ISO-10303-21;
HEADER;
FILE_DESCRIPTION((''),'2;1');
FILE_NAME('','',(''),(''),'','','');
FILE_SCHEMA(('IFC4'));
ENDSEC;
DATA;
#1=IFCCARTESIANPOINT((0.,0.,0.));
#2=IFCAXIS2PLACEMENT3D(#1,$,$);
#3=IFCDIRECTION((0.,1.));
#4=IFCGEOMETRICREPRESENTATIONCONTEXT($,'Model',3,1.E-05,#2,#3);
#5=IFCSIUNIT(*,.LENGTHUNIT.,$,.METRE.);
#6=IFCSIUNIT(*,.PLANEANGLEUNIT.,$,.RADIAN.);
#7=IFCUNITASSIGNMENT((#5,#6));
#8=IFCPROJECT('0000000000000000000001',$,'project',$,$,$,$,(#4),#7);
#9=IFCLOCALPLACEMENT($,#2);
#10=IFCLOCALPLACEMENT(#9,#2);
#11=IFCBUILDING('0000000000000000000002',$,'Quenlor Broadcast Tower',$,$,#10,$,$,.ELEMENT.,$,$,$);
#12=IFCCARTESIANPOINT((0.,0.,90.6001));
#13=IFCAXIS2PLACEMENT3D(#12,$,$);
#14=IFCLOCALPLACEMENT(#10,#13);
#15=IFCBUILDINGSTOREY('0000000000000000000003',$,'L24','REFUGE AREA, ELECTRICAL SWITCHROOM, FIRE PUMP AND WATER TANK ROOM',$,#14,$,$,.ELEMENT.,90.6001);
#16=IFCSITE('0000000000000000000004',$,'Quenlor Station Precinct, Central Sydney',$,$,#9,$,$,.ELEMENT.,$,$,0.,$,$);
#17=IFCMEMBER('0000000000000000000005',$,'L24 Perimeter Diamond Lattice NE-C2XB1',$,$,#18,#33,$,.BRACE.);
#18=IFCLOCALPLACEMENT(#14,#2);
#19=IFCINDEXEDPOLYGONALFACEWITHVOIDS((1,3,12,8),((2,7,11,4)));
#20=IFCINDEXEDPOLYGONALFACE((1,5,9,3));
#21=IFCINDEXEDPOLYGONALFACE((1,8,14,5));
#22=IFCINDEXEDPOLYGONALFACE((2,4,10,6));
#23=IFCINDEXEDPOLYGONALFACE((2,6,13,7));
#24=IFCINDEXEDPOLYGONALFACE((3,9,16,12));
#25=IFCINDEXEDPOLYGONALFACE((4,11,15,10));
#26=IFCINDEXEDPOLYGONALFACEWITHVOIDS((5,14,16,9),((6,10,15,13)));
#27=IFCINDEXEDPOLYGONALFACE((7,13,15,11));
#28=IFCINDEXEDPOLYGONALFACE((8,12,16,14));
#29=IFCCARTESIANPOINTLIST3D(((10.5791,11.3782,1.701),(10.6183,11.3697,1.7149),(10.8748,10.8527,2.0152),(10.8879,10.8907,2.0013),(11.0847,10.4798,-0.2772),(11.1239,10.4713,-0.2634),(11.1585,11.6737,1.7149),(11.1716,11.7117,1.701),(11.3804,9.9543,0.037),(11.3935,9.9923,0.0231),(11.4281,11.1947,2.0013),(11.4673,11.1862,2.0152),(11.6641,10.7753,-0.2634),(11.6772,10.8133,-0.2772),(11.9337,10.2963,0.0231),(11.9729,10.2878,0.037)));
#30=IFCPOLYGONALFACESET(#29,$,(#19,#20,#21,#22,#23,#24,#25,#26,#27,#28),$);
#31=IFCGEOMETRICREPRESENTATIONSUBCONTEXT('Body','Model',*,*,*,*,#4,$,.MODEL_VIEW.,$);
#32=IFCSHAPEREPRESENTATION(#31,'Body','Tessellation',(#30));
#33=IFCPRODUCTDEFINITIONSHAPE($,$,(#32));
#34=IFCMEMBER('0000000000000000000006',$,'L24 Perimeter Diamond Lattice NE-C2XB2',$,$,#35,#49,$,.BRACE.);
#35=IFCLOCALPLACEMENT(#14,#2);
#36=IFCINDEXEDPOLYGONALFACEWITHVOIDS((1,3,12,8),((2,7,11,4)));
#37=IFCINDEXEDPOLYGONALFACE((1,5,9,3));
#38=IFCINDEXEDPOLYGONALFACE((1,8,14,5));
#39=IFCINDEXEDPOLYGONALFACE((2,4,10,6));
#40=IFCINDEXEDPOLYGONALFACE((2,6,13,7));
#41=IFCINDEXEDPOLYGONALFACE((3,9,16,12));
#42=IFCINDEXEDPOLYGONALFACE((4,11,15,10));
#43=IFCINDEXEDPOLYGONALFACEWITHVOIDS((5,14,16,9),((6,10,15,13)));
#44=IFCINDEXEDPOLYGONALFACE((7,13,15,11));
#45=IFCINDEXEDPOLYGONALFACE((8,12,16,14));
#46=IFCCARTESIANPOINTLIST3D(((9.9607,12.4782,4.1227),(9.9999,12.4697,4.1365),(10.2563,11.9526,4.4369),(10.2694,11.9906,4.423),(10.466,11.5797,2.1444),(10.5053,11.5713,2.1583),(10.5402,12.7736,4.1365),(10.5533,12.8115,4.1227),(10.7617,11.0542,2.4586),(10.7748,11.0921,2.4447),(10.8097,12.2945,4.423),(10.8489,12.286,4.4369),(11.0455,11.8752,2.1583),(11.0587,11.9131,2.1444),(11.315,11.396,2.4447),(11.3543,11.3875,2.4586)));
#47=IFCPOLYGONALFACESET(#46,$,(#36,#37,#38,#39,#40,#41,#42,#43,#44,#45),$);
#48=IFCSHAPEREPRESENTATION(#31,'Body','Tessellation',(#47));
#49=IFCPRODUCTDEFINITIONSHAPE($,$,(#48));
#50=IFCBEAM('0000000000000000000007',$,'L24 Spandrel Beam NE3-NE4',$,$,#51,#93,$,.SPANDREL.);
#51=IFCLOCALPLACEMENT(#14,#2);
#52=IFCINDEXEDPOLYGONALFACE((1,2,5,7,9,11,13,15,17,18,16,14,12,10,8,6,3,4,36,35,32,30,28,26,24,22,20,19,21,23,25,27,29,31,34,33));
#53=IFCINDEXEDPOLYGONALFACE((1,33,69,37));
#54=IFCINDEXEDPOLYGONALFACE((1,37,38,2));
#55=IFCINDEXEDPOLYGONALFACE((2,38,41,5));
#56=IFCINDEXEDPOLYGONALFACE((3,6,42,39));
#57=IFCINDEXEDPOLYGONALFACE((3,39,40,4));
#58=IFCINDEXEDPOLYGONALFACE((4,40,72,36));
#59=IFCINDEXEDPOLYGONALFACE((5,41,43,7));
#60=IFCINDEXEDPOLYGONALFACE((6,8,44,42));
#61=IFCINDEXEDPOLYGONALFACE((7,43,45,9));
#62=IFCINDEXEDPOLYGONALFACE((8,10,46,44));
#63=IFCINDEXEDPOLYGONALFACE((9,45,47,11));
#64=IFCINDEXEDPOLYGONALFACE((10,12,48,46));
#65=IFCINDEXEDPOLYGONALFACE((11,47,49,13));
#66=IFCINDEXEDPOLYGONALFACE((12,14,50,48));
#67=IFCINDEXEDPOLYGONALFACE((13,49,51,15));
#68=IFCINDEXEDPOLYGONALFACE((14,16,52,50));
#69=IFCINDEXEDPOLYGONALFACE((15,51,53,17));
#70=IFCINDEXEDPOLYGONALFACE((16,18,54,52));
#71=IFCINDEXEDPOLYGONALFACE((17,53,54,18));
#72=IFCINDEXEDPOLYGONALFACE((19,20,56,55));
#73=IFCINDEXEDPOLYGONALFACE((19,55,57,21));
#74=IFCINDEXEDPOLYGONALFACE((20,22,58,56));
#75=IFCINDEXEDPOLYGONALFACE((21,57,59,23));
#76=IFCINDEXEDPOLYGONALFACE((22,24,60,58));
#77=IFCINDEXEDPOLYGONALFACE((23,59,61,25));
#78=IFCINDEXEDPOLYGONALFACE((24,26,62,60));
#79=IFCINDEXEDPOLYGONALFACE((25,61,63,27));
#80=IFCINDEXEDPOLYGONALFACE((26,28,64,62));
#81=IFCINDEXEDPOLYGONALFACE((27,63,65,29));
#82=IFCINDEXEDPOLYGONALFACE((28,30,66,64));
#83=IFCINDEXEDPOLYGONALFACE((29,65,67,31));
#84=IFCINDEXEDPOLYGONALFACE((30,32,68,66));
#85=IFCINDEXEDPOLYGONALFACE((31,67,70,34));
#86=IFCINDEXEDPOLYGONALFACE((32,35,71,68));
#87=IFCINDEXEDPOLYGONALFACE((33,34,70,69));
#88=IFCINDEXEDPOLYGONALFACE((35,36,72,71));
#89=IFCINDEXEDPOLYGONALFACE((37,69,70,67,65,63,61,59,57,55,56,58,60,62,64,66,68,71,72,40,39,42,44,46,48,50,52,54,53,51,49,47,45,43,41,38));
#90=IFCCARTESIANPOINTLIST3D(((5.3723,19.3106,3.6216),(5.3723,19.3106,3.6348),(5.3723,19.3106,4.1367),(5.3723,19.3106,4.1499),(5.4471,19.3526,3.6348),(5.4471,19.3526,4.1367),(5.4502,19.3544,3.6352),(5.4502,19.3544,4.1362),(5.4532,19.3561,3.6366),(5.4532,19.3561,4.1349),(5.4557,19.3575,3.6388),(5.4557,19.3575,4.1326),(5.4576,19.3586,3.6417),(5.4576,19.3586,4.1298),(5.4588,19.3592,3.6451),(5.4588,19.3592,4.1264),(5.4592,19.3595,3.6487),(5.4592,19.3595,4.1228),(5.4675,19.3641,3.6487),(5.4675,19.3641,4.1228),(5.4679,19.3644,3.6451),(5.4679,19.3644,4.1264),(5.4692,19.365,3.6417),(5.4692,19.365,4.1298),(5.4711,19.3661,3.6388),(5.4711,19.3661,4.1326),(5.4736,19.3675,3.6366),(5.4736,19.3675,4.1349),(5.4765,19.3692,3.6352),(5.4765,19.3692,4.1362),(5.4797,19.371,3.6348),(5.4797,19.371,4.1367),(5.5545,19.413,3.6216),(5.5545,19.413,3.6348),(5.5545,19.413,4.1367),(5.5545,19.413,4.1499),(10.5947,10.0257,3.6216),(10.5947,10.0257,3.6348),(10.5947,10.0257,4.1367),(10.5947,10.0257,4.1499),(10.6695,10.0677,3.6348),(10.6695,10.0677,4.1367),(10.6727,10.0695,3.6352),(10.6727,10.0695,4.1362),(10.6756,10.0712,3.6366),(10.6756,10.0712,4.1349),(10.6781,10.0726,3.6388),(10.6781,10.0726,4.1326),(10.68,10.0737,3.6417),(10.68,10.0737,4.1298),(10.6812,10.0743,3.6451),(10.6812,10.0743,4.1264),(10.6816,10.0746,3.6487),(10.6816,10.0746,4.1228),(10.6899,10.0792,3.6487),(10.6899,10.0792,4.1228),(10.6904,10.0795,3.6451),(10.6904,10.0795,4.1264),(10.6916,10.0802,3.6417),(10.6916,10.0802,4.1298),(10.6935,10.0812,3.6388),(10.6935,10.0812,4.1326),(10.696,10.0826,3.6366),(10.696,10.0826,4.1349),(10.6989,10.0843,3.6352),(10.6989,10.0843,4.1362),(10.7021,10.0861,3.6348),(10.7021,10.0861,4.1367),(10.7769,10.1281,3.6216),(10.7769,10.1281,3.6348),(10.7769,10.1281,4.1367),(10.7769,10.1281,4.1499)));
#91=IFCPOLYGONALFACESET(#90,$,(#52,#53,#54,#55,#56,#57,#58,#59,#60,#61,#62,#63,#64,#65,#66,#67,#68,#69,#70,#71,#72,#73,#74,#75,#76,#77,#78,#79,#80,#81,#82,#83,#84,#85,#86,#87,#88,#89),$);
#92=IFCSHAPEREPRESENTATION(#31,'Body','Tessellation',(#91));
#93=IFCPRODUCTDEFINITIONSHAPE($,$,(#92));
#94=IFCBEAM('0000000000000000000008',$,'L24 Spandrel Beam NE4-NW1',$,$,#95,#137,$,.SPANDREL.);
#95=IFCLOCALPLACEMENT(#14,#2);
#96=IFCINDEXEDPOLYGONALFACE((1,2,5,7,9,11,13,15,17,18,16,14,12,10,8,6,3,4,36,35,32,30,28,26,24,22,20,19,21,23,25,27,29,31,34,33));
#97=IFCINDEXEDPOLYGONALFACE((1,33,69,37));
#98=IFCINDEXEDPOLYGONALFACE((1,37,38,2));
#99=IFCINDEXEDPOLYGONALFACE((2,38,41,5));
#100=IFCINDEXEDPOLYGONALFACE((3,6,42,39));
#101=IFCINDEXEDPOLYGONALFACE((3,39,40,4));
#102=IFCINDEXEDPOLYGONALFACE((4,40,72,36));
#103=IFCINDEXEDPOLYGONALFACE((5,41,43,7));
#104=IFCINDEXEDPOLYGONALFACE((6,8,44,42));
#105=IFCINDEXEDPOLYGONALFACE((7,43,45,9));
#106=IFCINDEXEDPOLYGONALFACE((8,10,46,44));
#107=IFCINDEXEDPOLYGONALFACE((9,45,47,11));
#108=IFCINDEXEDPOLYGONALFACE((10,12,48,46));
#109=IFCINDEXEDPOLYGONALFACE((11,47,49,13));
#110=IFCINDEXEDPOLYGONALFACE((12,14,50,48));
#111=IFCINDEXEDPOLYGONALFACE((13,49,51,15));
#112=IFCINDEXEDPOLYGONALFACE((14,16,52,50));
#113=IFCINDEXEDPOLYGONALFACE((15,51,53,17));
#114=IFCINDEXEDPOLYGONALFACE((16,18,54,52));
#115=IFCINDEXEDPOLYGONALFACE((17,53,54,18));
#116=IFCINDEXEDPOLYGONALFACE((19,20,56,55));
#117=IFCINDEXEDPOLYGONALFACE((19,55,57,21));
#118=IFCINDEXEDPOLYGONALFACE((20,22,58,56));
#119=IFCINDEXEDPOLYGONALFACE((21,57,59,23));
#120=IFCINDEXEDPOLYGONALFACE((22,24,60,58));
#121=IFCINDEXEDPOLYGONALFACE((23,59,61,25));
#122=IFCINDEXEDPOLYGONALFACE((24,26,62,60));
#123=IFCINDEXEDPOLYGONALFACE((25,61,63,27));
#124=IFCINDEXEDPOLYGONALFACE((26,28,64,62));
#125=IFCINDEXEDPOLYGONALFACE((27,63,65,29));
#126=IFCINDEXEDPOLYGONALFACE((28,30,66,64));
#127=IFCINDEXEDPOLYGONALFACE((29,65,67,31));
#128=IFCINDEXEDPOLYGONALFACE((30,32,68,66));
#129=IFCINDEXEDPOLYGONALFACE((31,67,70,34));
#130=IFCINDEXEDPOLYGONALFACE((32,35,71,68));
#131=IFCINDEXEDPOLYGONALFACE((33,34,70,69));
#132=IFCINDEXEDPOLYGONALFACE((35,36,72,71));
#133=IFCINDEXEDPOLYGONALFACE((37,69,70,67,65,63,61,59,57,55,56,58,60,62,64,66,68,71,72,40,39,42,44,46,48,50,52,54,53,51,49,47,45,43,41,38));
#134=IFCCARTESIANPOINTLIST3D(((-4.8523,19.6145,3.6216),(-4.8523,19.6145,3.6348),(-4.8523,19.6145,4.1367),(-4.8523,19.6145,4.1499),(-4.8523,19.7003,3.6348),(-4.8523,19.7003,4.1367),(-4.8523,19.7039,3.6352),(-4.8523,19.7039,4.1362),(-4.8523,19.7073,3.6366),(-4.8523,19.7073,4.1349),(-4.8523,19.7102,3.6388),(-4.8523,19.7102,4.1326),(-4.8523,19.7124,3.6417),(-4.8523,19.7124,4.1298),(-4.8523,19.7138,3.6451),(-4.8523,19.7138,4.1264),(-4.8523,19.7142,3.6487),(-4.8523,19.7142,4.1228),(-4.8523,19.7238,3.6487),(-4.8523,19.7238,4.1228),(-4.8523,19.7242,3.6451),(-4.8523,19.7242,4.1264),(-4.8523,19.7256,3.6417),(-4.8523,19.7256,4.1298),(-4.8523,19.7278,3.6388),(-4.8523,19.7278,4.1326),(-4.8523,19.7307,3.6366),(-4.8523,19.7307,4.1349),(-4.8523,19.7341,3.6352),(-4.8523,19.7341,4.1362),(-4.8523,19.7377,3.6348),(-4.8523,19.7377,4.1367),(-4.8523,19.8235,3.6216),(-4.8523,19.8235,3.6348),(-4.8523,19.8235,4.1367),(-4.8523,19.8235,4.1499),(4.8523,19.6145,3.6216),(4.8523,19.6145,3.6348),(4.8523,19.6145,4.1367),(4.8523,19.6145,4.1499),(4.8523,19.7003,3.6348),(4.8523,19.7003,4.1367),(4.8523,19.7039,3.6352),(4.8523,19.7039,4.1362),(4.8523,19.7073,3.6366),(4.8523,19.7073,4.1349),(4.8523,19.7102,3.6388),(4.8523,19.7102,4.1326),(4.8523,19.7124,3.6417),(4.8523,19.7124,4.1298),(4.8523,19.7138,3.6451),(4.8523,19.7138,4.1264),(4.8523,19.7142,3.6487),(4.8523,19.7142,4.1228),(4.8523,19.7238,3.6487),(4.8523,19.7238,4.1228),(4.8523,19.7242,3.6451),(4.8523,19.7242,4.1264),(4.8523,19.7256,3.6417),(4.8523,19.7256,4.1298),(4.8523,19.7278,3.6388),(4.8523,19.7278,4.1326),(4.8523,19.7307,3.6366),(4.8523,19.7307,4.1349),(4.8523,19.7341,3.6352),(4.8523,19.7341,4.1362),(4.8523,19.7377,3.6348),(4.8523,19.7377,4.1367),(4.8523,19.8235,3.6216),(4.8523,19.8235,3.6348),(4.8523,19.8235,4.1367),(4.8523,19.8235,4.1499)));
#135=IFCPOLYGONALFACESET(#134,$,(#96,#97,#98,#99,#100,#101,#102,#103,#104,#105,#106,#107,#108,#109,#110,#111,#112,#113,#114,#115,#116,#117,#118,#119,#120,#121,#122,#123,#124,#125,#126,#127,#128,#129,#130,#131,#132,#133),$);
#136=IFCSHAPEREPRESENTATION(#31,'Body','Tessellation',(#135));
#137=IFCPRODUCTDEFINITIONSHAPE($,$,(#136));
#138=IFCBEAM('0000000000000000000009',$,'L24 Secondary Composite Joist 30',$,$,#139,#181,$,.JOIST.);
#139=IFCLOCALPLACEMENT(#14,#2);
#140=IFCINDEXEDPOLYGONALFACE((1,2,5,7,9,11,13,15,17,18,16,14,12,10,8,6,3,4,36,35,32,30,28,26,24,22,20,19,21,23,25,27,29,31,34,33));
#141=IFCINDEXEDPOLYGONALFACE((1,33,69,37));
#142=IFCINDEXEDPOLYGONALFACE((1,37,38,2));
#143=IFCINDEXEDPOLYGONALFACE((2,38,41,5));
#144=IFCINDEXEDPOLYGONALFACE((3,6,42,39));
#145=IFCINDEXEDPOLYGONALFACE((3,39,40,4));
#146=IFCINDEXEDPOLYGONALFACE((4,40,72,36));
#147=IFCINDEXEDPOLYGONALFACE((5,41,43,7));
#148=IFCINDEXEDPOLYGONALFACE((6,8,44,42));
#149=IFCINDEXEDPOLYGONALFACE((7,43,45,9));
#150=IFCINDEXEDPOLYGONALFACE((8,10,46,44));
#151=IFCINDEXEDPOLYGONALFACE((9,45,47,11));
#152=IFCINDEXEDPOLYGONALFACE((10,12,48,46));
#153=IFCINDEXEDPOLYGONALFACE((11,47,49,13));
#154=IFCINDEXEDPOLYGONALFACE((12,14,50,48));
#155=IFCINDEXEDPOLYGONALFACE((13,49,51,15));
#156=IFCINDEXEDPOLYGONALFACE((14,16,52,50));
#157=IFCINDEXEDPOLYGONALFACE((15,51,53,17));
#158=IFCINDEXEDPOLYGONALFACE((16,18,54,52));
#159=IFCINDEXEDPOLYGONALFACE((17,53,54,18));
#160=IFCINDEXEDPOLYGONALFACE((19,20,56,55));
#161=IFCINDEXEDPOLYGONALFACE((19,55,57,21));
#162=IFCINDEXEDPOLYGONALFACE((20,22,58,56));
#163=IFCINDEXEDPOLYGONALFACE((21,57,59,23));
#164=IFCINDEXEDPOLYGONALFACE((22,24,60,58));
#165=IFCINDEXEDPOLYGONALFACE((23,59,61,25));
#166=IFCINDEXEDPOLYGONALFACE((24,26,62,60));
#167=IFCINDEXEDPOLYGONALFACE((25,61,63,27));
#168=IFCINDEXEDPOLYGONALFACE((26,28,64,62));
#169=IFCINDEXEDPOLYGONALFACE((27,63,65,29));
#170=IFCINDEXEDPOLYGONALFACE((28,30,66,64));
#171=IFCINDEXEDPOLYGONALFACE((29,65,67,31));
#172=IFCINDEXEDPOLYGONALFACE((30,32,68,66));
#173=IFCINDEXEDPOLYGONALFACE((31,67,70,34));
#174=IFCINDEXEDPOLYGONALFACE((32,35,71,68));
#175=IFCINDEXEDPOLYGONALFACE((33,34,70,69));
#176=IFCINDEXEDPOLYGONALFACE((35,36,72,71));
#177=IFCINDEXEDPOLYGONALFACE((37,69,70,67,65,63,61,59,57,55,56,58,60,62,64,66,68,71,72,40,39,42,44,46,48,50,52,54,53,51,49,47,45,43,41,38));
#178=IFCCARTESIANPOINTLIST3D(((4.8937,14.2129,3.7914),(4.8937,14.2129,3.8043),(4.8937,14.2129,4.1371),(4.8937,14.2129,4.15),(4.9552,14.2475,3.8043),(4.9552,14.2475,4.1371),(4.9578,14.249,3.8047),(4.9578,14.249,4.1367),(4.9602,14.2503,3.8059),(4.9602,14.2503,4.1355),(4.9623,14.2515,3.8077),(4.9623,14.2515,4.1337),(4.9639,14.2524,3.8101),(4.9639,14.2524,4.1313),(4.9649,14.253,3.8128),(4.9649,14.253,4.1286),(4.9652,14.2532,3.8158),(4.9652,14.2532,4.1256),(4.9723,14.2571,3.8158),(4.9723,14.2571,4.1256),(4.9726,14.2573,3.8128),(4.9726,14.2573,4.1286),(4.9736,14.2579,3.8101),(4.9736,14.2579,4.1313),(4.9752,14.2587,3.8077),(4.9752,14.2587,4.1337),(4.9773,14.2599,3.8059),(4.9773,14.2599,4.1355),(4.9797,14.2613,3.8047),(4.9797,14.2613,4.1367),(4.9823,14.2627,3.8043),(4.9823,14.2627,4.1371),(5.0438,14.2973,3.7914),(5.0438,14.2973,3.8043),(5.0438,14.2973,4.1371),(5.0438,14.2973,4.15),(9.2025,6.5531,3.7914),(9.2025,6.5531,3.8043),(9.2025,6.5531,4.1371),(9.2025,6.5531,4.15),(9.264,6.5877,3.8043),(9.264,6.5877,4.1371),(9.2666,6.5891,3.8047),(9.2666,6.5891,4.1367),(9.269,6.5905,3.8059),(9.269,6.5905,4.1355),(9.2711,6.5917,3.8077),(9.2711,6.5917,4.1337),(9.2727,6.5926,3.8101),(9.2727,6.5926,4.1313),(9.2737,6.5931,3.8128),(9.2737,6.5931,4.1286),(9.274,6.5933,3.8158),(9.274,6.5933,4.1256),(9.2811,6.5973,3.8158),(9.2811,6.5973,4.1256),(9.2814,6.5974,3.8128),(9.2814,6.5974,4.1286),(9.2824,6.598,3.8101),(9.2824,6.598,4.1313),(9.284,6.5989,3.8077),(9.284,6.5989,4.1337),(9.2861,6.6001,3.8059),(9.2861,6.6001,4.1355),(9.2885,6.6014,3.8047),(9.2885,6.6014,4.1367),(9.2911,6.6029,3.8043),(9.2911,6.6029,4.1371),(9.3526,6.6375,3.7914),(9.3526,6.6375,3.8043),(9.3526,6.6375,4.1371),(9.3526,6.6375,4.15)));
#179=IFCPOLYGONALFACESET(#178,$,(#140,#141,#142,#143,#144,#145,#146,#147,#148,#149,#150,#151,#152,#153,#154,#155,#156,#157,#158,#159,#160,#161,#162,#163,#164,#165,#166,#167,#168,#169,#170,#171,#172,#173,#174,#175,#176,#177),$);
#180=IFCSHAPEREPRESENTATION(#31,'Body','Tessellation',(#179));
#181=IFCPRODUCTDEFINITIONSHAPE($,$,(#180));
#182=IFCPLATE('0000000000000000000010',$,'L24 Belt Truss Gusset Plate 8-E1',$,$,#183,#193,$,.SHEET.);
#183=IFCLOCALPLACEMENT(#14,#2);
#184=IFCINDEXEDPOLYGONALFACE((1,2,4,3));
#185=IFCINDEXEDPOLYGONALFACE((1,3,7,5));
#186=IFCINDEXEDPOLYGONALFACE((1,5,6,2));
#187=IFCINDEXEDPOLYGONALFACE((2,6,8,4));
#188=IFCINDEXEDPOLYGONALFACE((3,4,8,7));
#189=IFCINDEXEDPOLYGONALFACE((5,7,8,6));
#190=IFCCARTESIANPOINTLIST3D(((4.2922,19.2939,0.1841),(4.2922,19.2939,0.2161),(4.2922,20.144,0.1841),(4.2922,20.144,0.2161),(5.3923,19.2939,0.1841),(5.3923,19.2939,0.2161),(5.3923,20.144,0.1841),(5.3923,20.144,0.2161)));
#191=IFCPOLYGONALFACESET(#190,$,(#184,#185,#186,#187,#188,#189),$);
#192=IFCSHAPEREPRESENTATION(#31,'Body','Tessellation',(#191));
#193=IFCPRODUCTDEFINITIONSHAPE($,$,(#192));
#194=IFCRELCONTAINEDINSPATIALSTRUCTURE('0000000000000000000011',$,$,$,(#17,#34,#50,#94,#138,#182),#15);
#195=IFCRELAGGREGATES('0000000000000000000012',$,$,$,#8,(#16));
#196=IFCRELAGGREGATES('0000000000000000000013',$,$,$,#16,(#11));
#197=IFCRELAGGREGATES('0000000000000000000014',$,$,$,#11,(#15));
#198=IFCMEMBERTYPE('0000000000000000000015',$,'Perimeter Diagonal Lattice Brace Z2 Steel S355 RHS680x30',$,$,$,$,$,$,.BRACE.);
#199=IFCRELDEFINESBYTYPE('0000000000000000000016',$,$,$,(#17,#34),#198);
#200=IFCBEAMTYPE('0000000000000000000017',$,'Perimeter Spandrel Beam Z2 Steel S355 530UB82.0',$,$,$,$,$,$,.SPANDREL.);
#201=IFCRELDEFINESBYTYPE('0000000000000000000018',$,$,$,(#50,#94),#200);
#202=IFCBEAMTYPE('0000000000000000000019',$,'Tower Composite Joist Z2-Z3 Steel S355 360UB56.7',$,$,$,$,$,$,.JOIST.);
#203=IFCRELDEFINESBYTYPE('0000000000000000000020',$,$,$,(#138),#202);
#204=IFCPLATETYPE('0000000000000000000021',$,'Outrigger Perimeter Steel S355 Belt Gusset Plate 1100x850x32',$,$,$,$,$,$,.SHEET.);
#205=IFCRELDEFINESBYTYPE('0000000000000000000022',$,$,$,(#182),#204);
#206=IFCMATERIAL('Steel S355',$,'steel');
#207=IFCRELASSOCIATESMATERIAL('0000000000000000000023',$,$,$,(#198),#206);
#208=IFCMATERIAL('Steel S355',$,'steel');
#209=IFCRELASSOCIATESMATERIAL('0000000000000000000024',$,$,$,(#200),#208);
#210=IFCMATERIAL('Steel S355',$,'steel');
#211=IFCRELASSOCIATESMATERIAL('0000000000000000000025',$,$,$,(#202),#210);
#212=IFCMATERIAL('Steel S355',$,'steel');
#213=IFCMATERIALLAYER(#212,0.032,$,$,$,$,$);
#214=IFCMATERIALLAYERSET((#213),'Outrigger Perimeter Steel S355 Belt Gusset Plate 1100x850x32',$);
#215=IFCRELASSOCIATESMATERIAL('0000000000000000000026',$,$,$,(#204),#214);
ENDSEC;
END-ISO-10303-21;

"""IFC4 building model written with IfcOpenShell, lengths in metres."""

from ifc_helpers import new_model, si_unit, direction, frame, origin, origin_2d, place, context, subcontext, project, spatial, rectangle, hollow_rectangle, i_section, extrude, material, layer, layer_set, material_profile, profile_set, type_object, element, save


model = new_model("IFC4")

# Units and contexts
model_context = context("Model", 3, precision=1e-05, world=origin(), true_north=direction((0.0, 1.0)))
body_context = subcontext(model_context, "Body", "Model", "MODEL_VIEW")
ifc_project = project(units=[si_unit("LENGTHUNIT", "METRE"), si_unit("PLANEANGLEUNIT", "RADIAN")], contexts=[model_context])

# Site, building, storey
site_placement = place(None, origin())
site = spatial("IfcSite", under=ifc_project, at=site_placement, Name="Quenlor Station Precinct, Central Sydney", CompositionType="ELEMENT", RefElevation=0.0)
building_placement = place(site_placement, origin())
building = spatial("IfcBuilding", under=site, at=building_placement, Name="Quenlor Broadcast Tower", CompositionType="ELEMENT")
storey_placement = place(building_placement, frame((0.0, 0.0, 90.6001)))
storey = spatial("IfcBuildingStorey", under=building, at=storey_placement, Name="L24", Description="REFUGE AREA, ELECTRICAL SWITCHROOM, FIRE PUMP AND WATER TANK ROOM", CompositionType="ELEMENT", Elevation=90.6001)

# Members
ifc_material_1 = material(Name="Steel S355", Category="steel")
ifc_material_profile_1 = material_profile(ifc_material_1, hollow_rectangle(XDim=0.6799, YDim=0.6799, WallThickness=0.03, at=origin_2d()))
ifc_profile_set_1 = profile_set([ifc_material_profile_1], Name="Steel S355 RHS680x680x30")
member_type_1 = type_object("IfcMemberType", Name="Perimeter Diagonal Lattice Brace Z2 Steel S355 RHS680x30", PredefinedType="BRACE", material=ifc_profile_set_1)
for number, where, z_axis, x_axis, name in (
    (1, (11.5288, 10.3838, -0.1201), (-0.226654, 0.402745, 0.886806), (-0.871474, -0.490441, 0.0), "L24 Perimeter Diamond Lattice NE-C2XB1"),
    (2, (10.9102, 11.4836, 2.3015), (-0.22655, 0.402755, 0.886828), (-0.871576, -0.490261, 0.0), "L24 Perimeter Diamond Lattice NE-C2XB2"),
):
    element("IfcMember", number, at=place(storey_placement, frame(where, z_axis=z_axis, x_axis=x_axis)), inside=storey, type_object=member_type_1, Name=name, PredefinedType="BRACE", context=body_context, shape_type="SweptSolid", body=[
        extrude(hollow_rectangle(XDim=0.6799, YDim=0.6799, WallThickness=0.03, at=origin_2d()), origin(), (0.0, 0.0, 1.0), 2.2307),
    ])

# Beams
ifc_material_2 = material(Name="Steel S355", Category="steel")
ifc_material_profile_2 = material_profile(ifc_material_2, i_section(OverallWidth=0.209, OverallDepth=0.5283, WebThickness=0.0095, FlangeThickness=0.0132, FilletRadius=0.0139, at=origin_2d()))
ifc_profile_set_2 = profile_set([ifc_material_profile_2], Name="Steel S355 530UB82.0")
beam_type_1 = type_object("IfcBeamType", Name="Perimeter Spandrel Beam Z2 Steel S355 530UB82.0", PredefinedType="SPANDREL", material=ifc_profile_set_2)
beam_1_placement = place(storey_placement, frame((10.6858, 10.0769, 3.8857), z_axis=(-0.490236, 0.87159, 0.0), x_axis=(-0.87159, -0.490236, 0.0)))
element("IfcBeam", 3, at=beam_1_placement, inside=storey, type_object=beam_type_1, Name="L24 Spandrel Beam NE3-NE4", PredefinedType="SPANDREL", context=body_context, shape_type="SweptSolid", body=[
    extrude(i_section(OverallWidth=0.209, OverallDepth=0.5283, WebThickness=0.0095, FlangeThickness=0.0132, FilletRadius=0.0139, at=origin_2d()), origin(), (0.0, 0.0, 1.0), 10.6528),
])
beam_2_placement = place(storey_placement, frame((4.8523, 19.719, 3.8857), z_axis=(-1.0, 0.0, 0.0), x_axis=(0.0, -1.0, 0.0)))
element("IfcBeam", 4, at=beam_2_placement, inside=storey, type_object=beam_type_1, Name="L24 Spandrel Beam NE4-NW1", PredefinedType="SPANDREL", context=body_context, shape_type="SweptSolid", body=[
    extrude(i_section(OverallWidth=0.209, OverallDepth=0.5283, WebThickness=0.0095, FlangeThickness=0.0132, FilletRadius=0.0139, at=origin_2d()), origin(), (0.0, 0.0, 1.0), 9.7046),
])
ifc_material_3 = material(Name="Steel S355", Category="steel")
ifc_material_profile_3 = material_profile(ifc_material_3, i_section(OverallWidth=0.1721, OverallDepth=0.3586, WebThickness=0.0081, FlangeThickness=0.0129, FilletRadius=0.0115, at=origin_2d()))
ifc_profile_set_3 = profile_set([ifc_material_profile_3], Name="Steel S355 360UB56.7")
beam_type_2 = type_object("IfcBeamType", Name="Tower Composite Joist Z2-Z3 Steel S355 360UB56.7", PredefinedType="JOIST", material=ifc_profile_set_3)
beam_3_placement = place(storey_placement, frame((4.9688, 14.2551, 3.9707), z_axis=(0.490273, -0.871569, 0.0), x_axis=(0.871569, 0.490273, 0.0)))
element("IfcBeam", 5, at=beam_3_placement, inside=storey, type_object=beam_type_2, Name="L24 Secondary Composite Joist 30", PredefinedType="JOIST", context=body_context, shape_type="SweptSolid", body=[
    extrude(i_section(OverallWidth=0.1721, OverallDepth=0.3586, WebThickness=0.0081, FlangeThickness=0.0129, FilletRadius=0.0115, at=origin_2d()), origin(), (0.0, 0.0, 1.0), 8.7886),
])

# Plate
ifc_material_4 = material(Name="Steel S355", Category="steel")
ifc_layer_1 = layer(ifc_material_4, 0.032)
ifc_layer_set_1 = layer_set([ifc_layer_1], Name="Outrigger Perimeter Steel S355 Belt Gusset Plate 1100x850x32")
plate_type_1 = type_object("IfcPlateType", Name="Outrigger Perimeter Steel S355 Belt Gusset Plate 1100x850x32", PredefinedType="SHEET", material=ifc_layer_set_1)
for number, where, z_axis, x_axis, name in (
    (6, (4.8423, 19.719, 0.1841), (0.0, 0.0, 1.0), (1.0, 0.0, 0.0), "L24 Belt Truss Gusset Plate 8-E1"),
):
    element("IfcPlate", number, at=place(storey_placement, frame(where, z_axis=z_axis, x_axis=x_axis)), inside=storey, type_object=plate_type_1, Name=name, PredefinedType="SHEET", context=body_context, shape_type="SweptSolid", body=[
        extrude(rectangle(XDim=1.1001, YDim=0.8501, at=origin_2d()), origin(), (0.0, 0.0, 1.0), 0.032),
    ])

save(model, "model.ifc")
